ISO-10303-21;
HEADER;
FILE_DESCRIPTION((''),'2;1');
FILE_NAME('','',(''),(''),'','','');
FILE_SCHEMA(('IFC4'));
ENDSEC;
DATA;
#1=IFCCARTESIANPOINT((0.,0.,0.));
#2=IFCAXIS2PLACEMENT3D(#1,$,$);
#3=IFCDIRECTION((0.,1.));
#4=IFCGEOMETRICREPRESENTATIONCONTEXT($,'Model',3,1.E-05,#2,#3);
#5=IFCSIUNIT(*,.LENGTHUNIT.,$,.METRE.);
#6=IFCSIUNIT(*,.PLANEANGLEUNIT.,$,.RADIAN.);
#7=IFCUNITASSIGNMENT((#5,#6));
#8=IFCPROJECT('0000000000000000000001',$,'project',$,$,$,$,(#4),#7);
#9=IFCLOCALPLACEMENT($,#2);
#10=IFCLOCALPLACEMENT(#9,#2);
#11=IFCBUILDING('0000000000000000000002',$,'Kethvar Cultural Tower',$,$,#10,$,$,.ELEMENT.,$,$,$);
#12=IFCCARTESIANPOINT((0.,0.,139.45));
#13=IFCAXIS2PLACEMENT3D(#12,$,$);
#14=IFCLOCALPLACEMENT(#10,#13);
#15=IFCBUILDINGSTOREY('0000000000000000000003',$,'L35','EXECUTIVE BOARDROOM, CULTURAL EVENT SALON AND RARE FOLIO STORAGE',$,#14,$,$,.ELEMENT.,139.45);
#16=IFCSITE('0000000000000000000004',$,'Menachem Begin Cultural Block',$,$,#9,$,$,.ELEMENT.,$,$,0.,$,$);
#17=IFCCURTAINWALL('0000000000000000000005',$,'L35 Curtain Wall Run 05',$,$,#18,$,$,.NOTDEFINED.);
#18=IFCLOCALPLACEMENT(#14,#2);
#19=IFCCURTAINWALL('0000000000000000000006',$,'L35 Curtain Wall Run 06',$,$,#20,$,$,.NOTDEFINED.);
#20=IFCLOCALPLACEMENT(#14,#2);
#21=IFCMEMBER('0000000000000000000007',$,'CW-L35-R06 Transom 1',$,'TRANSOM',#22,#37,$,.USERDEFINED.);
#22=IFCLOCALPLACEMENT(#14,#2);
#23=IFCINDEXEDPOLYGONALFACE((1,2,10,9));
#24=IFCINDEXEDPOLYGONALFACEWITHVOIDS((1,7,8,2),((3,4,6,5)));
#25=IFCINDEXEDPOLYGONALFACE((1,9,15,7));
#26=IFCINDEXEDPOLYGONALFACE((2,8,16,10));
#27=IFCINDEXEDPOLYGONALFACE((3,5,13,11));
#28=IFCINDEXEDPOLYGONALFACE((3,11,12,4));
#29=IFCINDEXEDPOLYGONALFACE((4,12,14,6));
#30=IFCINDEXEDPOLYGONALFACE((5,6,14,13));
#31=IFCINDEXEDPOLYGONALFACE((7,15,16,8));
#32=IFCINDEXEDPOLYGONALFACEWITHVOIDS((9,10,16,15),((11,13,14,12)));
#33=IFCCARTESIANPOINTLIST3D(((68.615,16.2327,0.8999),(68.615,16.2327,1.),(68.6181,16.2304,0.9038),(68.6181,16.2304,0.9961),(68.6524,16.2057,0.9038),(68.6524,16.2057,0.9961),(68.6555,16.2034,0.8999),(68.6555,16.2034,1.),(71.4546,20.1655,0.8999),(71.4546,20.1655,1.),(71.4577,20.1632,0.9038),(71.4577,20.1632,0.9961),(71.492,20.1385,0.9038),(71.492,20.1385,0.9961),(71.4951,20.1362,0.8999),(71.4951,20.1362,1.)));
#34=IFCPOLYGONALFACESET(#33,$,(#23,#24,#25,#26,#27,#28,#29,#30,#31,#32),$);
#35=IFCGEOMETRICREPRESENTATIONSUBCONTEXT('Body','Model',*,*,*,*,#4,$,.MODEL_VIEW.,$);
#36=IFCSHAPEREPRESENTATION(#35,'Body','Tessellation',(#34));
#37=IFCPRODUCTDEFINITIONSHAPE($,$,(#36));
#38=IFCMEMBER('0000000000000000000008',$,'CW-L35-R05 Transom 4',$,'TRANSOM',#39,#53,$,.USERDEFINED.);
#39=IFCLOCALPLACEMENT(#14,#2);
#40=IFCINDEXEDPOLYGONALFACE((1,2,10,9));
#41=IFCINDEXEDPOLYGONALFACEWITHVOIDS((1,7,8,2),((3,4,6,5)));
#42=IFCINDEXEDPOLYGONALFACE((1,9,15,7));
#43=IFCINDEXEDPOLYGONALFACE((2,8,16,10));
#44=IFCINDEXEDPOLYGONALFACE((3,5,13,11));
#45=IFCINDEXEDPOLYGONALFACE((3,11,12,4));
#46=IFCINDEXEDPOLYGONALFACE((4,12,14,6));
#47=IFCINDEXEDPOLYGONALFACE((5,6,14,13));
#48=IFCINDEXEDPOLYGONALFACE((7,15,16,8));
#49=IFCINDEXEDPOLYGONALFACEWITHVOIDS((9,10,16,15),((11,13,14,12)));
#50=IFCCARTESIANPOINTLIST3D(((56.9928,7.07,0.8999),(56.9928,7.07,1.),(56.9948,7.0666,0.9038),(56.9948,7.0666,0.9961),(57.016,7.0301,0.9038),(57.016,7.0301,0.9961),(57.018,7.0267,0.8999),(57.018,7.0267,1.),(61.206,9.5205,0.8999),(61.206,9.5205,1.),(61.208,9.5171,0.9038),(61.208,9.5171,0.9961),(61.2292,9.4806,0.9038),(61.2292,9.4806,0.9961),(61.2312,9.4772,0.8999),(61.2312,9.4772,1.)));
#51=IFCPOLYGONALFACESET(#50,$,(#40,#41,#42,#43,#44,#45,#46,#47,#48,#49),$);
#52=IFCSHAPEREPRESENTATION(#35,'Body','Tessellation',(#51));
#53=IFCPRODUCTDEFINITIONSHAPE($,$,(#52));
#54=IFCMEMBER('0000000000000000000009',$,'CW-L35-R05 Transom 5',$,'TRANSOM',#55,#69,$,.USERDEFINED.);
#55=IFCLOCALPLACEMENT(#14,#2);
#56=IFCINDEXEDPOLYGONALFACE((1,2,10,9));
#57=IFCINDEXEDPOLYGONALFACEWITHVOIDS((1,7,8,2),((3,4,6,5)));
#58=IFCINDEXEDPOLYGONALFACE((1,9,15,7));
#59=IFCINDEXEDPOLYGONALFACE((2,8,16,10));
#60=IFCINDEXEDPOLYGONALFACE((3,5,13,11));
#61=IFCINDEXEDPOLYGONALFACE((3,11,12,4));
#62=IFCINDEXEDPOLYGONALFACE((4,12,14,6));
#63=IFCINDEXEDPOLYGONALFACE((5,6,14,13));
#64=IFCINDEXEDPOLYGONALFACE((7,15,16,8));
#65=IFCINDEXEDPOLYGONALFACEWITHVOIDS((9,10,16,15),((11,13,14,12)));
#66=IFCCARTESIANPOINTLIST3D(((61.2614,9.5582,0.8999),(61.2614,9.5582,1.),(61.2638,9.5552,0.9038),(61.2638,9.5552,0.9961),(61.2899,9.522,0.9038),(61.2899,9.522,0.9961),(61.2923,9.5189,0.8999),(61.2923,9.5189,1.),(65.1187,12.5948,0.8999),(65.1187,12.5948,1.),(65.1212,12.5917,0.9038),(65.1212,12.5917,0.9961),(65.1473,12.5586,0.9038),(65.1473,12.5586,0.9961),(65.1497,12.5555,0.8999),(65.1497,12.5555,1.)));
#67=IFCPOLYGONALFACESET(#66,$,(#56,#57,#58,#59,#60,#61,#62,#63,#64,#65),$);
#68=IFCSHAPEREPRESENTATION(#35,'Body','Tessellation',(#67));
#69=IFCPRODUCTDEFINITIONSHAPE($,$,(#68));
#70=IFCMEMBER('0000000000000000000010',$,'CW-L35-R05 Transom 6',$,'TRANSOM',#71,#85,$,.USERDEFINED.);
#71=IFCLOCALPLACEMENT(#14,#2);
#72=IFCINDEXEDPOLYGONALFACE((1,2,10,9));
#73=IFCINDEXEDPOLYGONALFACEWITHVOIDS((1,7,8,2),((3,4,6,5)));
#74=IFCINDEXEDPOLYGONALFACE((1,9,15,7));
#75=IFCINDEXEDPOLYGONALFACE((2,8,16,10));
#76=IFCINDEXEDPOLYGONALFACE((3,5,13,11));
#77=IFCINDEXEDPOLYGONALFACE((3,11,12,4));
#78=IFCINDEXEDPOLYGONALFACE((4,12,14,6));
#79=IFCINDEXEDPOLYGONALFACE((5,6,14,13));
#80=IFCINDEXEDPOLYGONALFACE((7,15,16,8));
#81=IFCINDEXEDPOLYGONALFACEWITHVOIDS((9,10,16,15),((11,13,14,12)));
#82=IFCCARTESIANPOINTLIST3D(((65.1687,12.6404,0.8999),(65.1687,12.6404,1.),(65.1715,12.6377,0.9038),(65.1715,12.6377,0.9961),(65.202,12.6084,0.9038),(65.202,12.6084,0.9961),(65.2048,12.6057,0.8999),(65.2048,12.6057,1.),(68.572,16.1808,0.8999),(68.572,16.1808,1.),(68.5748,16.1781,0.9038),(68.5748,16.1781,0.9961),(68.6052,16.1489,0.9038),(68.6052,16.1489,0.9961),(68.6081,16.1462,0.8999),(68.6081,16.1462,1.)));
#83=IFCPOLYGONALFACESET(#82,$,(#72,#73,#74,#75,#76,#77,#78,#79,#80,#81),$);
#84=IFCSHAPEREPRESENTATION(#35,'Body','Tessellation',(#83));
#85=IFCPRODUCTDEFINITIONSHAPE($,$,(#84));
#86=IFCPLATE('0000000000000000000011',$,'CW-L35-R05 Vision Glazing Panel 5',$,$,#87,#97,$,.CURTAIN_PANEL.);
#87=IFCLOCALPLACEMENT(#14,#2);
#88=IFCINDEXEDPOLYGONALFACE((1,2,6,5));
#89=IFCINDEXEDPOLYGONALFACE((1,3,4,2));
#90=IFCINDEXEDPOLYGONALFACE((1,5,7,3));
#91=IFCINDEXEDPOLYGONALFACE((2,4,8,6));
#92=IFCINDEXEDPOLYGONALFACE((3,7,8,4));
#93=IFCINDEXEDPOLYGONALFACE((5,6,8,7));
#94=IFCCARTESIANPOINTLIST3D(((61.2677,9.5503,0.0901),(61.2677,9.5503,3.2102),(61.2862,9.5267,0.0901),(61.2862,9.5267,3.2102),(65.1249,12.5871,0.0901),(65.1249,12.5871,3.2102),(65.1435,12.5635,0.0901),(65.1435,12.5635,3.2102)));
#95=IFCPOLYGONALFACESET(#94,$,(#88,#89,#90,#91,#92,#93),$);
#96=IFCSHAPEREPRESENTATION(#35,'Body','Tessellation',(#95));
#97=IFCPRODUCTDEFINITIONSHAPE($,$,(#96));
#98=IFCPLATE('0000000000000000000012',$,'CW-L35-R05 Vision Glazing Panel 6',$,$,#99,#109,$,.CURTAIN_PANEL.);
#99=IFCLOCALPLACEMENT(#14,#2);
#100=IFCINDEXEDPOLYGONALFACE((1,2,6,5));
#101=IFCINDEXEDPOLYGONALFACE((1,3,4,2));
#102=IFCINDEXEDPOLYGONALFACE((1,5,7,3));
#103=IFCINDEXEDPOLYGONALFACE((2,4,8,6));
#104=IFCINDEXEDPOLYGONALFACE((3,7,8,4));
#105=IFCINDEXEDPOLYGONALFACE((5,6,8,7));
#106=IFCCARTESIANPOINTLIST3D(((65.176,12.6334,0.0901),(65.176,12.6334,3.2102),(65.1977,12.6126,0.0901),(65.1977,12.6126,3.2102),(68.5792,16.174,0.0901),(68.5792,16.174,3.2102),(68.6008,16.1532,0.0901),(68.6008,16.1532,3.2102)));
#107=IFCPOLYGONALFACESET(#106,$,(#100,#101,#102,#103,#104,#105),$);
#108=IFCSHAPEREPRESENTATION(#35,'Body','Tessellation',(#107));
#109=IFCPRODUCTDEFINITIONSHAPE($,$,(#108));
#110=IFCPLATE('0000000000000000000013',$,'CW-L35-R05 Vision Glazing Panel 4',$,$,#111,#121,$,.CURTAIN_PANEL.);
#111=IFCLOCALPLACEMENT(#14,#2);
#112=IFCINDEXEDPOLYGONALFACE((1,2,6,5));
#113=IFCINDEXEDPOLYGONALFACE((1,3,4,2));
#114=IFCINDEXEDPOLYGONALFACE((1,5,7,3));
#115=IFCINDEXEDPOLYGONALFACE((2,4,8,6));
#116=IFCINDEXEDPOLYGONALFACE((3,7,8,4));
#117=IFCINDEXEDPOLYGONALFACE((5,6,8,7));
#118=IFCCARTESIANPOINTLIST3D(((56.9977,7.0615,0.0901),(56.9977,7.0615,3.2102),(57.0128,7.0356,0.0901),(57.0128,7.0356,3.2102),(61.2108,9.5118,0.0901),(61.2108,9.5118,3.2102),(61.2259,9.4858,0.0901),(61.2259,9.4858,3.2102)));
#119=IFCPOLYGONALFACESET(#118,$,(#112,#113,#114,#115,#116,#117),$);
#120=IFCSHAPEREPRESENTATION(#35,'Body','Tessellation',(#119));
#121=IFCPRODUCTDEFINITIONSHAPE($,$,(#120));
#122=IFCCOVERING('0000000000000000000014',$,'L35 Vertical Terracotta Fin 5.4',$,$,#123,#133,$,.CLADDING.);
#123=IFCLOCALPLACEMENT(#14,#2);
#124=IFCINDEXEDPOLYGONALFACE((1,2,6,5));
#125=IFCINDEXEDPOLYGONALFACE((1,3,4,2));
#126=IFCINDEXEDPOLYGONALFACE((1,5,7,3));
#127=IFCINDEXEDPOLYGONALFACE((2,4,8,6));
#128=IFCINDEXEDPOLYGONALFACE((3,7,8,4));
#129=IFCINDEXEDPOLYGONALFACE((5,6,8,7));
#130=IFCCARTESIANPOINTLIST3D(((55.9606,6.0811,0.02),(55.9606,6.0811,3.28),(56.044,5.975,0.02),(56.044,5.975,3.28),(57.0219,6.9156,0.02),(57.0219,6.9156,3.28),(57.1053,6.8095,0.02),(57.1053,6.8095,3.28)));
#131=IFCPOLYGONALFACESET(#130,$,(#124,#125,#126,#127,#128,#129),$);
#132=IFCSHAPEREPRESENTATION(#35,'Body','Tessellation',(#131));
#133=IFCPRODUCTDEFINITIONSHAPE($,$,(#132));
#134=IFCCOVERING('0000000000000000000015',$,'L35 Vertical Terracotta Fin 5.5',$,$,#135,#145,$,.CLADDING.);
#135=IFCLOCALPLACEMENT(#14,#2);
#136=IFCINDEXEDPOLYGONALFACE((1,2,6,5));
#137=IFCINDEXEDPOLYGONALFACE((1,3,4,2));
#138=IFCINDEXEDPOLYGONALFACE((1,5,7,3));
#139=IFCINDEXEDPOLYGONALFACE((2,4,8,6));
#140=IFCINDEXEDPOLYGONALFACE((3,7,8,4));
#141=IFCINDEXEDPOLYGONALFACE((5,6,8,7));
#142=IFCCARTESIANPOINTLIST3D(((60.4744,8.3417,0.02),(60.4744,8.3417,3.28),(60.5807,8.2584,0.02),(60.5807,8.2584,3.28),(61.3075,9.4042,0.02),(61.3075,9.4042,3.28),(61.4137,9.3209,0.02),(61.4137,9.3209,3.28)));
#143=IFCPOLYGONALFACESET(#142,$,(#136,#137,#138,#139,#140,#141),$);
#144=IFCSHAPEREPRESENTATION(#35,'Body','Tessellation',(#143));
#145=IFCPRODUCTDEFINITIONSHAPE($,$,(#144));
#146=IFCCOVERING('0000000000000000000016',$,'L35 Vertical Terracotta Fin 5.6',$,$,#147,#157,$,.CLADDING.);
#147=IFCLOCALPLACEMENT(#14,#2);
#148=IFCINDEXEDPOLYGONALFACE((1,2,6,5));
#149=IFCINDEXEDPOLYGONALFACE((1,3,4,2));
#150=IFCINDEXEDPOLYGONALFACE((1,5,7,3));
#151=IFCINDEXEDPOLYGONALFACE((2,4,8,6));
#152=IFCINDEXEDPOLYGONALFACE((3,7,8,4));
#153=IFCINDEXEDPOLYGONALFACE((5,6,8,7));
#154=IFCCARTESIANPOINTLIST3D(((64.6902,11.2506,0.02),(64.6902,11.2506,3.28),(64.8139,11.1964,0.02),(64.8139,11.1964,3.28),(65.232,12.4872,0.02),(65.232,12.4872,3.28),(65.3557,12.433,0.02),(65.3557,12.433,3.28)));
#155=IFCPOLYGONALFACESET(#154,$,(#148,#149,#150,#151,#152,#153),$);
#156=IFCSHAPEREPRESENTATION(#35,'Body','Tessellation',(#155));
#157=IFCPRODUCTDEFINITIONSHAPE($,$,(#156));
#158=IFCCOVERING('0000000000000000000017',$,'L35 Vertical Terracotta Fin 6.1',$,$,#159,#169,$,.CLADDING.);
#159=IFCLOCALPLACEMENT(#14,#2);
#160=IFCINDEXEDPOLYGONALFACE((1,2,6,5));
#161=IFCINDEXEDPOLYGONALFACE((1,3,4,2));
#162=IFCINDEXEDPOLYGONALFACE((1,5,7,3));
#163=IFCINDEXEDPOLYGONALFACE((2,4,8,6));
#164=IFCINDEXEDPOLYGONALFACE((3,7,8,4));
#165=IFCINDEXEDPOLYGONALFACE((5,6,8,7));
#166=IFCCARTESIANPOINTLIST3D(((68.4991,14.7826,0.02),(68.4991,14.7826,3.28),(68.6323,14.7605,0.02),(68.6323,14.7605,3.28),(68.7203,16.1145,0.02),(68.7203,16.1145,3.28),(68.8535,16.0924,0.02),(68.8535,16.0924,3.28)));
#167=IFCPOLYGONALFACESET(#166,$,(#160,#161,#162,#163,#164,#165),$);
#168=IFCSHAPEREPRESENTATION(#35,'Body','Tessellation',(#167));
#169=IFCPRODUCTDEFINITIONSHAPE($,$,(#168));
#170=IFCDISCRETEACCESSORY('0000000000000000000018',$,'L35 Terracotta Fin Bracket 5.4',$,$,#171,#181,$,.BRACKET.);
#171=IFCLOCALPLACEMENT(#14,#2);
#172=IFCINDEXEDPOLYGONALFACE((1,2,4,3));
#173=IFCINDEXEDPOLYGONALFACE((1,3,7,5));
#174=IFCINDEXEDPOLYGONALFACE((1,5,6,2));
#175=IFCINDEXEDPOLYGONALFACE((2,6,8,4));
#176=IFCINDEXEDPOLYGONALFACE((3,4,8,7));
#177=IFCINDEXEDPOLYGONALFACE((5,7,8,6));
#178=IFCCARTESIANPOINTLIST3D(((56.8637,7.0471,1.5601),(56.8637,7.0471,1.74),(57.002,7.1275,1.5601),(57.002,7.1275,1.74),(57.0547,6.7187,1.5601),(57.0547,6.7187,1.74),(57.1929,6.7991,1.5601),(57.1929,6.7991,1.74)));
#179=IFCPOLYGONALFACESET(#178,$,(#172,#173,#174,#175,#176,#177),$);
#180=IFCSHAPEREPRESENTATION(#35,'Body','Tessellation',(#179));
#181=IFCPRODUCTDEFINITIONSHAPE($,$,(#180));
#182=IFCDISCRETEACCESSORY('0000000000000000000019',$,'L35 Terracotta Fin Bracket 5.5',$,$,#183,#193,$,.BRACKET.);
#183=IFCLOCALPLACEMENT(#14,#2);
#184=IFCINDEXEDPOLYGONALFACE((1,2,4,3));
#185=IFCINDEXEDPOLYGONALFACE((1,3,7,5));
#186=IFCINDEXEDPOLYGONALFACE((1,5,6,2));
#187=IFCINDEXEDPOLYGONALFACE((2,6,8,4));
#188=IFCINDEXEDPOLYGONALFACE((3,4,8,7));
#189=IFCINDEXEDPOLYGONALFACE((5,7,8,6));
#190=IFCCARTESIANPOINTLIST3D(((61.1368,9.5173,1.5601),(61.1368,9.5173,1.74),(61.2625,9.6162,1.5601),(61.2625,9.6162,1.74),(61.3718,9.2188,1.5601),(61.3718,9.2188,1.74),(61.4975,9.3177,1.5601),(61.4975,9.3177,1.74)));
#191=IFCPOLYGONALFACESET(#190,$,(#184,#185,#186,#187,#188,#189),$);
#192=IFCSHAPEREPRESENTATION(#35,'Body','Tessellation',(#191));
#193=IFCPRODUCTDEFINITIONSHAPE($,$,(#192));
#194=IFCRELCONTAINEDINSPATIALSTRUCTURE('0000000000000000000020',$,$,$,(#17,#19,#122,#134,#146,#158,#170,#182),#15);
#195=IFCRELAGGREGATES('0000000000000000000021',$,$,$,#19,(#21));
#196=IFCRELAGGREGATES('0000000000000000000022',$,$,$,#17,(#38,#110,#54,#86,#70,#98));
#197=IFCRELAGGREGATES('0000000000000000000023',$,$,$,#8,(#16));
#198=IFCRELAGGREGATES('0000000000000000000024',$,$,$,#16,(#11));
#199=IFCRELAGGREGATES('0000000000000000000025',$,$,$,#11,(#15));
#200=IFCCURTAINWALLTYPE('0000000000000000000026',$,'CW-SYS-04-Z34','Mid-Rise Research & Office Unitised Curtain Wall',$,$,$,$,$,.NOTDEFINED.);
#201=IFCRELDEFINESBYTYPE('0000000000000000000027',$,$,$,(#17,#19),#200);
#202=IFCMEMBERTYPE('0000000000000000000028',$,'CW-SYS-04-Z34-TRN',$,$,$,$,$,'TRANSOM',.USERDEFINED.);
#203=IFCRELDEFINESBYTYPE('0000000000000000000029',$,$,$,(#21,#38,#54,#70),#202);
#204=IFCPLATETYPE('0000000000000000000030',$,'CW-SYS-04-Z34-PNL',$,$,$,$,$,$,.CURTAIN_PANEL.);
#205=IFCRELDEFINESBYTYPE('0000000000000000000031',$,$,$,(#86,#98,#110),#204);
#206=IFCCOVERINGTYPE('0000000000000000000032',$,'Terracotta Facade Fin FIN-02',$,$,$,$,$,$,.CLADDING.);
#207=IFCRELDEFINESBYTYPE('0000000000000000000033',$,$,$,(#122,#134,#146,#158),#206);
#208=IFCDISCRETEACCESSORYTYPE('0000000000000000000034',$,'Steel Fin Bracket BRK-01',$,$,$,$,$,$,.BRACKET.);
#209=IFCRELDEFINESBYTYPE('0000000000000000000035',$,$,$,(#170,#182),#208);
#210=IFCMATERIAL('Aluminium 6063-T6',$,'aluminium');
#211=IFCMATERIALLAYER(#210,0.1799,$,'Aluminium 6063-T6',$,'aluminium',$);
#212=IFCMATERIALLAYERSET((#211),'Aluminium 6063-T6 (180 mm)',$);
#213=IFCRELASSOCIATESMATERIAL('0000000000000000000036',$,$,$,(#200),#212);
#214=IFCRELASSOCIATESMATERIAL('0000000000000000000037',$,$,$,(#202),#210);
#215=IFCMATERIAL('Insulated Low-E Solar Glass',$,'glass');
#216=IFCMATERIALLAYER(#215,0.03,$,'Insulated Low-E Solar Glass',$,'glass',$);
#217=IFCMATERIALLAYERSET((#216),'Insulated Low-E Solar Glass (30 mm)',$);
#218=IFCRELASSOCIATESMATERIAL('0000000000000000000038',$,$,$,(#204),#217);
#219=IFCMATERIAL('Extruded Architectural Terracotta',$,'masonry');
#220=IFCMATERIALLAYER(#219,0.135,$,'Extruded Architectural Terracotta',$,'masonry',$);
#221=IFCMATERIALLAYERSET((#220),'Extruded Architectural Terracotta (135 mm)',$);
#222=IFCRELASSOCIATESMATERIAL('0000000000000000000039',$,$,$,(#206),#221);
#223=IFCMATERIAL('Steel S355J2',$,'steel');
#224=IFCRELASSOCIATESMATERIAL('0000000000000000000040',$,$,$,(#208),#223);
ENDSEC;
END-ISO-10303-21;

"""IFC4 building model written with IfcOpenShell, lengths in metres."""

from ifc_helpers import new_model, si_unit, direction, frame, origin, origin_2d, place, context, subcontext, project, spatial, rectangle, hollow_rectangle, extrude, source, transform, mapped, material, layer, layer_set, material_profile, profile_set, type_object, element, aggregate, save


model = new_model("IFC4")

# Units and contexts
model_context = context("Model", 3, precision=1e-05, world=origin(), true_north=direction((0.0, 1.0)))
body_context = subcontext(model_context, "Body", "Model", "MODEL_VIEW")
ifc_project = project(units=[si_unit("LENGTHUNIT", "METRE"), si_unit("PLANEANGLEUNIT", "RADIAN")], contexts=[model_context])

# Site, building, storey
site_placement = place(None, origin())
site = spatial("IfcSite", under=ifc_project, at=site_placement, Name="Menachem Begin Cultural Block", CompositionType="ELEMENT", RefElevation=0.0)
building_placement = place(site_placement, origin())
building = spatial("IfcBuilding", under=site, at=building_placement, Name="Kethvar Cultural Tower", CompositionType="ELEMENT")
storey_placement = place(building_placement, frame((0.0, 0.0, 139.45)))
storey = spatial("IfcBuildingStorey", under=building, at=storey_placement, Name="L35", Description="EXECUTIVE BOARDROOM, CULTURAL EVENT SALON AND RARE FOLIO STORAGE", CompositionType="ELEMENT", Elevation=139.45)

# Shared definitions
ifc_material_1 = material(Name="Steel S355J2", Category="steel")

# Curtain walls, member
ifc_material_2 = material(Name="Aluminium 6063-T6", Category="aluminium")
ifc_layer_1 = layer(ifc_material_2, 0.1799, Name="Aluminium 6063-T6", Category="aluminium")
ifc_layer_set_1 = layer_set([ifc_layer_1], Name="Aluminium 6063-T6 (180 mm)")
curtain_wall_type = type_object("IfcCurtainWallType", Name="CW-SYS-04-Z34", Description="Mid-Rise Research & Office Unitised Curtain Wall", PredefinedType="NOTDEFINED", material=ifc_layer_set_1)
curtain_wall_1_placement = place(storey_placement, origin())
curtain_wall_1 = element("IfcCurtainWall", 1, at=curtain_wall_1_placement, inside=storey, type_object=curtain_wall_type, Name="L35 Curtain Wall Run 05", PredefinedType="NOTDEFINED")
curtain_wall_2_placement = place(storey_placement, origin())
curtain_wall_2 = element("IfcCurtainWall", 2, at=curtain_wall_2_placement, inside=storey, type_object=curtain_wall_type, Name="L35 Curtain Wall Run 06", PredefinedType="NOTDEFINED")
ifc_material_profile_1 = material_profile(ifc_material_2, hollow_rectangle(XDim=0.05, YDim=0.1001, WallThickness=0.0039, at=origin_2d()), Name="Aluminium 6063-T6 — RHS100x50x4")
ifc_profile_set_1 = profile_set([ifc_material_profile_1], Name="Aluminium 6063-T6 — RHS100x50x4")
member_type_1 = type_object("IfcMemberType", Name="CW-SYS-04-Z34-TRN", ElementType="TRANSOM", PredefinedType="USERDEFINED", material=ifc_profile_set_1)
shared_shape_1 = source(origin(), body_context, "Body", "SweptSolid", [
    extrude(hollow_rectangle(XDim=0.05, YDim=0.1001, WallThickness=0.0039, at=origin_2d()), origin(), (0.0, 0.0, 1.0), 4.8508),
])
member_1_placement = place(storey_placement, frame((68.6353, 16.218, 0.95), z_axis=(0.585382, 0.810758, 0.0), x_axis=(-0.810758, 0.585382, 0.0)))
member_1 = element("IfcMember", 3, at=member_1_placement, type_object=member_type_1, Name="CW-L35-R06 Transom 1", ObjectType="TRANSOM", PredefinedType="USERDEFINED", context=body_context, shape_type="MappedRepresentation", body=[
    mapped(shared_shape_1, transform((0.0, 0.0, 0.0), scale=1.0)),
])
aggregate(curtain_wall_2, [member_1])

# Members
shared_shape_2 = source(origin(), body_context, "Body", "SweptSolid", [
    extrude(hollow_rectangle(XDim=0.05, YDim=0.1001, WallThickness=0.0039, at=origin_2d()), origin(), (0.0, 0.0, 1.0), 4.874),
])
member_2_placement = place(storey_placement, frame((57.0054, 7.0483, 0.95), z_axis=(0.864423, 0.502765, 0.0), x_axis=(-0.502765, 0.864423, 0.0)))
member_2 = element("IfcMember", 4, at=member_2_placement, type_object=member_type_1, Name="CW-L35-R05 Transom 4", ObjectType="TRANSOM", PredefinedType="USERDEFINED", context=body_context, shape_type="MappedRepresentation", body=[
    mapped(shared_shape_2, transform((0.0, 0.0, 0.0), scale=1.0)),
])
shared_shape_3 = source(origin(), body_context, "Body", "SweptSolid", [
    extrude(hollow_rectangle(XDim=0.05, YDim=0.1001, WallThickness=0.0039, at=origin_2d()), origin(), (0.0, 0.0, 1.0), 4.9092),
])
member_3_placement = place(storey_placement, frame((61.2769, 9.5386, 0.95), z_axis=(0.785745, 0.61855, 0.0), x_axis=(-0.61855, 0.785745, 0.0)))
member_3 = element("IfcMember", 5, at=member_3_placement, type_object=member_type_1, Name="CW-L35-R05 Transom 5", ObjectType="TRANSOM", PredefinedType="USERDEFINED", context=body_context, shape_type="MappedRepresentation", body=[
    mapped(shared_shape_3, transform((0.0, 0.0, 0.0), scale=1.0)),
])
shared_shape_4 = source(origin(), body_context, "Body", "SweptSolid", [
    extrude(hollow_rectangle(XDim=0.05, YDim=0.1001, WallThickness=0.0039, at=origin_2d()), origin(), (0.0, 0.0, 1.0), 4.9109),
])
member_4_placement = place(storey_placement, frame((65.1868, 12.623, 0.95), z_axis=(0.692999, 0.720938, 0.0), x_axis=(-0.720938, 0.692999, 0.0)))
member_4 = element("IfcMember", 6, at=member_4_placement, type_object=member_type_1, Name="CW-L35-R05 Transom 6", ObjectType="TRANSOM", PredefinedType="USERDEFINED", context=body_context, shape_type="MappedRepresentation", body=[
    mapped(shared_shape_4, transform((0.0, 0.0, 0.0), scale=1.0)),
])

# Plates
ifc_material_3 = material(Name="Insulated Low-E Solar Glass", Category="glass")
ifc_layer_2 = layer(ifc_material_3, 0.03, Name="Insulated Low-E Solar Glass", Category="glass")
ifc_layer_set_2 = layer_set([ifc_layer_2], Name="Insulated Low-E Solar Glass (30 mm)")
plate_type = type_object("IfcPlateType", Name="CW-SYS-04-Z34-PNL", PredefinedType="CURTAIN_PANEL", material=ifc_layer_set_2)
shared_shape_5 = source(origin(), body_context, "Body", "SweptSolid", [
    extrude(rectangle(XDim=4.9092, YDim=0.03, at=origin_2d()), origin(), (0.0, 0.0, 1.0), 3.1201),
])
plate_1_placement = place(storey_placement, frame((63.2056, 11.0569, 0.0901), z_axis=(0.0, 0.0, 1.0), x_axis=(0.785717, 0.618587, 0.0)))
plate_1 = element("IfcPlate", 7, at=plate_1_placement, type_object=plate_type, Name="CW-L35-R05 Vision Glazing Panel 5", PredefinedType="CURTAIN_PANEL", context=body_context, shape_type="MappedRepresentation", body=[
    mapped(shared_shape_5, transform((0.0, 0.0, 0.0), scale=1.0)),
])
shared_shape_6 = source(origin(), body_context, "Body", "SweptSolid", [
    extrude(rectangle(XDim=4.9109, YDim=0.03, at=origin_2d()), origin(), (0.0, 0.0, 1.0), 3.1201),
])
plate_2_placement = place(storey_placement, frame((66.8884, 14.3933, 0.0901), z_axis=(0.0, 0.0, 1.0), x_axis=(0.692974, 0.720962, 0.0)))
plate_2 = element("IfcPlate", 8, at=plate_2_placement, type_object=plate_type, Name="CW-L35-R05 Vision Glazing Panel 6", PredefinedType="CURTAIN_PANEL", context=body_context, shape_type="MappedRepresentation", body=[
    mapped(shared_shape_6, transform((0.0, 0.0, 0.0), scale=1.0)),
])
shared_shape_7 = source(origin(), body_context, "Body", "SweptSolid", [
    extrude(rectangle(XDim=4.8738, YDim=0.03, at=origin_2d()), origin(), (0.0, 0.0, 1.0), 3.1201),
])
plate_3_placement = place(storey_placement, frame((59.1118, 8.2737, 0.0901), z_axis=(0.0, 0.0, 1.0), x_axis=(0.864433, 0.502748, 0.0)))
plate_3 = element("IfcPlate", 9, at=plate_3_placement, type_object=plate_type, Name="CW-L35-R05 Vision Glazing Panel 4", PredefinedType="CURTAIN_PANEL", context=body_context, shape_type="MappedRepresentation", body=[
    mapped(shared_shape_7, transform((0.0, 0.0, 0.0), scale=1.0)),
])
aggregate(curtain_wall_1, [member_2, plate_3, member_3, plate_1, member_4, plate_2])

# Coverings
ifc_material_4 = material(Name="Extruded Architectural Terracotta", Category="masonry")
ifc_layer_3 = layer(ifc_material_4, 0.135, Name="Extruded Architectural Terracotta", Category="masonry")
ifc_layer_set_3 = layer_set([ifc_layer_3], Name="Extruded Architectural Terracotta (135 mm)")
covering_type = type_object("IfcCoveringType", Name="Terracotta Facade Fin FIN-02", PredefinedType="CLADDING", material=ifc_layer_set_3)
shared_shape_8 = source(origin(), body_context, "Body", "SweptSolid", [
    extrude(rectangle(XDim=1.3501, YDim=0.135, at=origin_2d()), origin(), (0.0, 0.0, 1.0), 3.26),
])
for number, where, z_axis, x_axis, name in (
    (10, (56.533, 6.4453, 0.02), (0.0, 0.0, 1.0), (-0.786073, -0.618134, 0.0), "L35 Vertical Terracotta Fin 5.4"),
    (11, (60.9441, 8.8313, 0.02), (0.0, 0.0, 1.0), (-0.617036, -0.786935, 0.0), "L35 Vertical Terracotta Fin 5.5"),
    (12, (65.0229, 11.8418, 0.02), (0.0, 0.0, 1.0), (-0.401308, -0.915943, 0.0), "L35 Vertical Terracotta Fin 5.6"),
    (13, (68.6763, 15.4375, 0.02), (0.0, 0.0, 1.0), (-0.163843, -0.986487, 0.0), "L35 Vertical Terracotta Fin 6.1"),
):
    element("IfcCovering", number, at=place(storey_placement, frame(where, z_axis=z_axis, x_axis=x_axis)), inside=storey, type_object=covering_type, Name=name, PredefinedType="CLADDING", context=body_context, shape_type="MappedRepresentation", body=[
        mapped(shared_shape_8, transform((0.0, 0.0, 0.0), scale=1.0)),
    ])

# Discrete accessories
discrete_accessory_type = type_object("IfcDiscreteAccessoryType", Name="Steel Fin Bracket BRK-01", PredefinedType="BRACKET", material=ifc_material_1)
shared_shape_9 = source(origin(), body_context, "Body", "SweptSolid", [
    extrude(rectangle(XDim=0.3799, YDim=0.1599, at=origin_2d()), origin(), (0.0, 0.0, 1.0), 0.1799),
])
for number, where, z_axis, x_axis, name in (
    (14, (57.0283, 6.9231, 1.5601), (0.0, 0.0, 1.0), (0.502718, -0.86445, 0.0), "L35 Terracotta Fin Bracket 5.4"),
    (15, (61.3171, 9.4175, 1.5601), (0.0, 0.0, 1.0), (0.618546, -0.785749, 0.0), "L35 Terracotta Fin Bracket 5.5"),
):
    element("IfcDiscreteAccessory", number, at=place(storey_placement, frame(where, z_axis=z_axis, x_axis=x_axis)), inside=storey, type_object=discrete_accessory_type, Name=name, PredefinedType="BRACKET", context=body_context, shape_type="MappedRepresentation", body=[
        mapped(shared_shape_9, transform((0.0, 0.0, 0.0), scale=1.0)),
    ])

save(model, "model.ifc")
